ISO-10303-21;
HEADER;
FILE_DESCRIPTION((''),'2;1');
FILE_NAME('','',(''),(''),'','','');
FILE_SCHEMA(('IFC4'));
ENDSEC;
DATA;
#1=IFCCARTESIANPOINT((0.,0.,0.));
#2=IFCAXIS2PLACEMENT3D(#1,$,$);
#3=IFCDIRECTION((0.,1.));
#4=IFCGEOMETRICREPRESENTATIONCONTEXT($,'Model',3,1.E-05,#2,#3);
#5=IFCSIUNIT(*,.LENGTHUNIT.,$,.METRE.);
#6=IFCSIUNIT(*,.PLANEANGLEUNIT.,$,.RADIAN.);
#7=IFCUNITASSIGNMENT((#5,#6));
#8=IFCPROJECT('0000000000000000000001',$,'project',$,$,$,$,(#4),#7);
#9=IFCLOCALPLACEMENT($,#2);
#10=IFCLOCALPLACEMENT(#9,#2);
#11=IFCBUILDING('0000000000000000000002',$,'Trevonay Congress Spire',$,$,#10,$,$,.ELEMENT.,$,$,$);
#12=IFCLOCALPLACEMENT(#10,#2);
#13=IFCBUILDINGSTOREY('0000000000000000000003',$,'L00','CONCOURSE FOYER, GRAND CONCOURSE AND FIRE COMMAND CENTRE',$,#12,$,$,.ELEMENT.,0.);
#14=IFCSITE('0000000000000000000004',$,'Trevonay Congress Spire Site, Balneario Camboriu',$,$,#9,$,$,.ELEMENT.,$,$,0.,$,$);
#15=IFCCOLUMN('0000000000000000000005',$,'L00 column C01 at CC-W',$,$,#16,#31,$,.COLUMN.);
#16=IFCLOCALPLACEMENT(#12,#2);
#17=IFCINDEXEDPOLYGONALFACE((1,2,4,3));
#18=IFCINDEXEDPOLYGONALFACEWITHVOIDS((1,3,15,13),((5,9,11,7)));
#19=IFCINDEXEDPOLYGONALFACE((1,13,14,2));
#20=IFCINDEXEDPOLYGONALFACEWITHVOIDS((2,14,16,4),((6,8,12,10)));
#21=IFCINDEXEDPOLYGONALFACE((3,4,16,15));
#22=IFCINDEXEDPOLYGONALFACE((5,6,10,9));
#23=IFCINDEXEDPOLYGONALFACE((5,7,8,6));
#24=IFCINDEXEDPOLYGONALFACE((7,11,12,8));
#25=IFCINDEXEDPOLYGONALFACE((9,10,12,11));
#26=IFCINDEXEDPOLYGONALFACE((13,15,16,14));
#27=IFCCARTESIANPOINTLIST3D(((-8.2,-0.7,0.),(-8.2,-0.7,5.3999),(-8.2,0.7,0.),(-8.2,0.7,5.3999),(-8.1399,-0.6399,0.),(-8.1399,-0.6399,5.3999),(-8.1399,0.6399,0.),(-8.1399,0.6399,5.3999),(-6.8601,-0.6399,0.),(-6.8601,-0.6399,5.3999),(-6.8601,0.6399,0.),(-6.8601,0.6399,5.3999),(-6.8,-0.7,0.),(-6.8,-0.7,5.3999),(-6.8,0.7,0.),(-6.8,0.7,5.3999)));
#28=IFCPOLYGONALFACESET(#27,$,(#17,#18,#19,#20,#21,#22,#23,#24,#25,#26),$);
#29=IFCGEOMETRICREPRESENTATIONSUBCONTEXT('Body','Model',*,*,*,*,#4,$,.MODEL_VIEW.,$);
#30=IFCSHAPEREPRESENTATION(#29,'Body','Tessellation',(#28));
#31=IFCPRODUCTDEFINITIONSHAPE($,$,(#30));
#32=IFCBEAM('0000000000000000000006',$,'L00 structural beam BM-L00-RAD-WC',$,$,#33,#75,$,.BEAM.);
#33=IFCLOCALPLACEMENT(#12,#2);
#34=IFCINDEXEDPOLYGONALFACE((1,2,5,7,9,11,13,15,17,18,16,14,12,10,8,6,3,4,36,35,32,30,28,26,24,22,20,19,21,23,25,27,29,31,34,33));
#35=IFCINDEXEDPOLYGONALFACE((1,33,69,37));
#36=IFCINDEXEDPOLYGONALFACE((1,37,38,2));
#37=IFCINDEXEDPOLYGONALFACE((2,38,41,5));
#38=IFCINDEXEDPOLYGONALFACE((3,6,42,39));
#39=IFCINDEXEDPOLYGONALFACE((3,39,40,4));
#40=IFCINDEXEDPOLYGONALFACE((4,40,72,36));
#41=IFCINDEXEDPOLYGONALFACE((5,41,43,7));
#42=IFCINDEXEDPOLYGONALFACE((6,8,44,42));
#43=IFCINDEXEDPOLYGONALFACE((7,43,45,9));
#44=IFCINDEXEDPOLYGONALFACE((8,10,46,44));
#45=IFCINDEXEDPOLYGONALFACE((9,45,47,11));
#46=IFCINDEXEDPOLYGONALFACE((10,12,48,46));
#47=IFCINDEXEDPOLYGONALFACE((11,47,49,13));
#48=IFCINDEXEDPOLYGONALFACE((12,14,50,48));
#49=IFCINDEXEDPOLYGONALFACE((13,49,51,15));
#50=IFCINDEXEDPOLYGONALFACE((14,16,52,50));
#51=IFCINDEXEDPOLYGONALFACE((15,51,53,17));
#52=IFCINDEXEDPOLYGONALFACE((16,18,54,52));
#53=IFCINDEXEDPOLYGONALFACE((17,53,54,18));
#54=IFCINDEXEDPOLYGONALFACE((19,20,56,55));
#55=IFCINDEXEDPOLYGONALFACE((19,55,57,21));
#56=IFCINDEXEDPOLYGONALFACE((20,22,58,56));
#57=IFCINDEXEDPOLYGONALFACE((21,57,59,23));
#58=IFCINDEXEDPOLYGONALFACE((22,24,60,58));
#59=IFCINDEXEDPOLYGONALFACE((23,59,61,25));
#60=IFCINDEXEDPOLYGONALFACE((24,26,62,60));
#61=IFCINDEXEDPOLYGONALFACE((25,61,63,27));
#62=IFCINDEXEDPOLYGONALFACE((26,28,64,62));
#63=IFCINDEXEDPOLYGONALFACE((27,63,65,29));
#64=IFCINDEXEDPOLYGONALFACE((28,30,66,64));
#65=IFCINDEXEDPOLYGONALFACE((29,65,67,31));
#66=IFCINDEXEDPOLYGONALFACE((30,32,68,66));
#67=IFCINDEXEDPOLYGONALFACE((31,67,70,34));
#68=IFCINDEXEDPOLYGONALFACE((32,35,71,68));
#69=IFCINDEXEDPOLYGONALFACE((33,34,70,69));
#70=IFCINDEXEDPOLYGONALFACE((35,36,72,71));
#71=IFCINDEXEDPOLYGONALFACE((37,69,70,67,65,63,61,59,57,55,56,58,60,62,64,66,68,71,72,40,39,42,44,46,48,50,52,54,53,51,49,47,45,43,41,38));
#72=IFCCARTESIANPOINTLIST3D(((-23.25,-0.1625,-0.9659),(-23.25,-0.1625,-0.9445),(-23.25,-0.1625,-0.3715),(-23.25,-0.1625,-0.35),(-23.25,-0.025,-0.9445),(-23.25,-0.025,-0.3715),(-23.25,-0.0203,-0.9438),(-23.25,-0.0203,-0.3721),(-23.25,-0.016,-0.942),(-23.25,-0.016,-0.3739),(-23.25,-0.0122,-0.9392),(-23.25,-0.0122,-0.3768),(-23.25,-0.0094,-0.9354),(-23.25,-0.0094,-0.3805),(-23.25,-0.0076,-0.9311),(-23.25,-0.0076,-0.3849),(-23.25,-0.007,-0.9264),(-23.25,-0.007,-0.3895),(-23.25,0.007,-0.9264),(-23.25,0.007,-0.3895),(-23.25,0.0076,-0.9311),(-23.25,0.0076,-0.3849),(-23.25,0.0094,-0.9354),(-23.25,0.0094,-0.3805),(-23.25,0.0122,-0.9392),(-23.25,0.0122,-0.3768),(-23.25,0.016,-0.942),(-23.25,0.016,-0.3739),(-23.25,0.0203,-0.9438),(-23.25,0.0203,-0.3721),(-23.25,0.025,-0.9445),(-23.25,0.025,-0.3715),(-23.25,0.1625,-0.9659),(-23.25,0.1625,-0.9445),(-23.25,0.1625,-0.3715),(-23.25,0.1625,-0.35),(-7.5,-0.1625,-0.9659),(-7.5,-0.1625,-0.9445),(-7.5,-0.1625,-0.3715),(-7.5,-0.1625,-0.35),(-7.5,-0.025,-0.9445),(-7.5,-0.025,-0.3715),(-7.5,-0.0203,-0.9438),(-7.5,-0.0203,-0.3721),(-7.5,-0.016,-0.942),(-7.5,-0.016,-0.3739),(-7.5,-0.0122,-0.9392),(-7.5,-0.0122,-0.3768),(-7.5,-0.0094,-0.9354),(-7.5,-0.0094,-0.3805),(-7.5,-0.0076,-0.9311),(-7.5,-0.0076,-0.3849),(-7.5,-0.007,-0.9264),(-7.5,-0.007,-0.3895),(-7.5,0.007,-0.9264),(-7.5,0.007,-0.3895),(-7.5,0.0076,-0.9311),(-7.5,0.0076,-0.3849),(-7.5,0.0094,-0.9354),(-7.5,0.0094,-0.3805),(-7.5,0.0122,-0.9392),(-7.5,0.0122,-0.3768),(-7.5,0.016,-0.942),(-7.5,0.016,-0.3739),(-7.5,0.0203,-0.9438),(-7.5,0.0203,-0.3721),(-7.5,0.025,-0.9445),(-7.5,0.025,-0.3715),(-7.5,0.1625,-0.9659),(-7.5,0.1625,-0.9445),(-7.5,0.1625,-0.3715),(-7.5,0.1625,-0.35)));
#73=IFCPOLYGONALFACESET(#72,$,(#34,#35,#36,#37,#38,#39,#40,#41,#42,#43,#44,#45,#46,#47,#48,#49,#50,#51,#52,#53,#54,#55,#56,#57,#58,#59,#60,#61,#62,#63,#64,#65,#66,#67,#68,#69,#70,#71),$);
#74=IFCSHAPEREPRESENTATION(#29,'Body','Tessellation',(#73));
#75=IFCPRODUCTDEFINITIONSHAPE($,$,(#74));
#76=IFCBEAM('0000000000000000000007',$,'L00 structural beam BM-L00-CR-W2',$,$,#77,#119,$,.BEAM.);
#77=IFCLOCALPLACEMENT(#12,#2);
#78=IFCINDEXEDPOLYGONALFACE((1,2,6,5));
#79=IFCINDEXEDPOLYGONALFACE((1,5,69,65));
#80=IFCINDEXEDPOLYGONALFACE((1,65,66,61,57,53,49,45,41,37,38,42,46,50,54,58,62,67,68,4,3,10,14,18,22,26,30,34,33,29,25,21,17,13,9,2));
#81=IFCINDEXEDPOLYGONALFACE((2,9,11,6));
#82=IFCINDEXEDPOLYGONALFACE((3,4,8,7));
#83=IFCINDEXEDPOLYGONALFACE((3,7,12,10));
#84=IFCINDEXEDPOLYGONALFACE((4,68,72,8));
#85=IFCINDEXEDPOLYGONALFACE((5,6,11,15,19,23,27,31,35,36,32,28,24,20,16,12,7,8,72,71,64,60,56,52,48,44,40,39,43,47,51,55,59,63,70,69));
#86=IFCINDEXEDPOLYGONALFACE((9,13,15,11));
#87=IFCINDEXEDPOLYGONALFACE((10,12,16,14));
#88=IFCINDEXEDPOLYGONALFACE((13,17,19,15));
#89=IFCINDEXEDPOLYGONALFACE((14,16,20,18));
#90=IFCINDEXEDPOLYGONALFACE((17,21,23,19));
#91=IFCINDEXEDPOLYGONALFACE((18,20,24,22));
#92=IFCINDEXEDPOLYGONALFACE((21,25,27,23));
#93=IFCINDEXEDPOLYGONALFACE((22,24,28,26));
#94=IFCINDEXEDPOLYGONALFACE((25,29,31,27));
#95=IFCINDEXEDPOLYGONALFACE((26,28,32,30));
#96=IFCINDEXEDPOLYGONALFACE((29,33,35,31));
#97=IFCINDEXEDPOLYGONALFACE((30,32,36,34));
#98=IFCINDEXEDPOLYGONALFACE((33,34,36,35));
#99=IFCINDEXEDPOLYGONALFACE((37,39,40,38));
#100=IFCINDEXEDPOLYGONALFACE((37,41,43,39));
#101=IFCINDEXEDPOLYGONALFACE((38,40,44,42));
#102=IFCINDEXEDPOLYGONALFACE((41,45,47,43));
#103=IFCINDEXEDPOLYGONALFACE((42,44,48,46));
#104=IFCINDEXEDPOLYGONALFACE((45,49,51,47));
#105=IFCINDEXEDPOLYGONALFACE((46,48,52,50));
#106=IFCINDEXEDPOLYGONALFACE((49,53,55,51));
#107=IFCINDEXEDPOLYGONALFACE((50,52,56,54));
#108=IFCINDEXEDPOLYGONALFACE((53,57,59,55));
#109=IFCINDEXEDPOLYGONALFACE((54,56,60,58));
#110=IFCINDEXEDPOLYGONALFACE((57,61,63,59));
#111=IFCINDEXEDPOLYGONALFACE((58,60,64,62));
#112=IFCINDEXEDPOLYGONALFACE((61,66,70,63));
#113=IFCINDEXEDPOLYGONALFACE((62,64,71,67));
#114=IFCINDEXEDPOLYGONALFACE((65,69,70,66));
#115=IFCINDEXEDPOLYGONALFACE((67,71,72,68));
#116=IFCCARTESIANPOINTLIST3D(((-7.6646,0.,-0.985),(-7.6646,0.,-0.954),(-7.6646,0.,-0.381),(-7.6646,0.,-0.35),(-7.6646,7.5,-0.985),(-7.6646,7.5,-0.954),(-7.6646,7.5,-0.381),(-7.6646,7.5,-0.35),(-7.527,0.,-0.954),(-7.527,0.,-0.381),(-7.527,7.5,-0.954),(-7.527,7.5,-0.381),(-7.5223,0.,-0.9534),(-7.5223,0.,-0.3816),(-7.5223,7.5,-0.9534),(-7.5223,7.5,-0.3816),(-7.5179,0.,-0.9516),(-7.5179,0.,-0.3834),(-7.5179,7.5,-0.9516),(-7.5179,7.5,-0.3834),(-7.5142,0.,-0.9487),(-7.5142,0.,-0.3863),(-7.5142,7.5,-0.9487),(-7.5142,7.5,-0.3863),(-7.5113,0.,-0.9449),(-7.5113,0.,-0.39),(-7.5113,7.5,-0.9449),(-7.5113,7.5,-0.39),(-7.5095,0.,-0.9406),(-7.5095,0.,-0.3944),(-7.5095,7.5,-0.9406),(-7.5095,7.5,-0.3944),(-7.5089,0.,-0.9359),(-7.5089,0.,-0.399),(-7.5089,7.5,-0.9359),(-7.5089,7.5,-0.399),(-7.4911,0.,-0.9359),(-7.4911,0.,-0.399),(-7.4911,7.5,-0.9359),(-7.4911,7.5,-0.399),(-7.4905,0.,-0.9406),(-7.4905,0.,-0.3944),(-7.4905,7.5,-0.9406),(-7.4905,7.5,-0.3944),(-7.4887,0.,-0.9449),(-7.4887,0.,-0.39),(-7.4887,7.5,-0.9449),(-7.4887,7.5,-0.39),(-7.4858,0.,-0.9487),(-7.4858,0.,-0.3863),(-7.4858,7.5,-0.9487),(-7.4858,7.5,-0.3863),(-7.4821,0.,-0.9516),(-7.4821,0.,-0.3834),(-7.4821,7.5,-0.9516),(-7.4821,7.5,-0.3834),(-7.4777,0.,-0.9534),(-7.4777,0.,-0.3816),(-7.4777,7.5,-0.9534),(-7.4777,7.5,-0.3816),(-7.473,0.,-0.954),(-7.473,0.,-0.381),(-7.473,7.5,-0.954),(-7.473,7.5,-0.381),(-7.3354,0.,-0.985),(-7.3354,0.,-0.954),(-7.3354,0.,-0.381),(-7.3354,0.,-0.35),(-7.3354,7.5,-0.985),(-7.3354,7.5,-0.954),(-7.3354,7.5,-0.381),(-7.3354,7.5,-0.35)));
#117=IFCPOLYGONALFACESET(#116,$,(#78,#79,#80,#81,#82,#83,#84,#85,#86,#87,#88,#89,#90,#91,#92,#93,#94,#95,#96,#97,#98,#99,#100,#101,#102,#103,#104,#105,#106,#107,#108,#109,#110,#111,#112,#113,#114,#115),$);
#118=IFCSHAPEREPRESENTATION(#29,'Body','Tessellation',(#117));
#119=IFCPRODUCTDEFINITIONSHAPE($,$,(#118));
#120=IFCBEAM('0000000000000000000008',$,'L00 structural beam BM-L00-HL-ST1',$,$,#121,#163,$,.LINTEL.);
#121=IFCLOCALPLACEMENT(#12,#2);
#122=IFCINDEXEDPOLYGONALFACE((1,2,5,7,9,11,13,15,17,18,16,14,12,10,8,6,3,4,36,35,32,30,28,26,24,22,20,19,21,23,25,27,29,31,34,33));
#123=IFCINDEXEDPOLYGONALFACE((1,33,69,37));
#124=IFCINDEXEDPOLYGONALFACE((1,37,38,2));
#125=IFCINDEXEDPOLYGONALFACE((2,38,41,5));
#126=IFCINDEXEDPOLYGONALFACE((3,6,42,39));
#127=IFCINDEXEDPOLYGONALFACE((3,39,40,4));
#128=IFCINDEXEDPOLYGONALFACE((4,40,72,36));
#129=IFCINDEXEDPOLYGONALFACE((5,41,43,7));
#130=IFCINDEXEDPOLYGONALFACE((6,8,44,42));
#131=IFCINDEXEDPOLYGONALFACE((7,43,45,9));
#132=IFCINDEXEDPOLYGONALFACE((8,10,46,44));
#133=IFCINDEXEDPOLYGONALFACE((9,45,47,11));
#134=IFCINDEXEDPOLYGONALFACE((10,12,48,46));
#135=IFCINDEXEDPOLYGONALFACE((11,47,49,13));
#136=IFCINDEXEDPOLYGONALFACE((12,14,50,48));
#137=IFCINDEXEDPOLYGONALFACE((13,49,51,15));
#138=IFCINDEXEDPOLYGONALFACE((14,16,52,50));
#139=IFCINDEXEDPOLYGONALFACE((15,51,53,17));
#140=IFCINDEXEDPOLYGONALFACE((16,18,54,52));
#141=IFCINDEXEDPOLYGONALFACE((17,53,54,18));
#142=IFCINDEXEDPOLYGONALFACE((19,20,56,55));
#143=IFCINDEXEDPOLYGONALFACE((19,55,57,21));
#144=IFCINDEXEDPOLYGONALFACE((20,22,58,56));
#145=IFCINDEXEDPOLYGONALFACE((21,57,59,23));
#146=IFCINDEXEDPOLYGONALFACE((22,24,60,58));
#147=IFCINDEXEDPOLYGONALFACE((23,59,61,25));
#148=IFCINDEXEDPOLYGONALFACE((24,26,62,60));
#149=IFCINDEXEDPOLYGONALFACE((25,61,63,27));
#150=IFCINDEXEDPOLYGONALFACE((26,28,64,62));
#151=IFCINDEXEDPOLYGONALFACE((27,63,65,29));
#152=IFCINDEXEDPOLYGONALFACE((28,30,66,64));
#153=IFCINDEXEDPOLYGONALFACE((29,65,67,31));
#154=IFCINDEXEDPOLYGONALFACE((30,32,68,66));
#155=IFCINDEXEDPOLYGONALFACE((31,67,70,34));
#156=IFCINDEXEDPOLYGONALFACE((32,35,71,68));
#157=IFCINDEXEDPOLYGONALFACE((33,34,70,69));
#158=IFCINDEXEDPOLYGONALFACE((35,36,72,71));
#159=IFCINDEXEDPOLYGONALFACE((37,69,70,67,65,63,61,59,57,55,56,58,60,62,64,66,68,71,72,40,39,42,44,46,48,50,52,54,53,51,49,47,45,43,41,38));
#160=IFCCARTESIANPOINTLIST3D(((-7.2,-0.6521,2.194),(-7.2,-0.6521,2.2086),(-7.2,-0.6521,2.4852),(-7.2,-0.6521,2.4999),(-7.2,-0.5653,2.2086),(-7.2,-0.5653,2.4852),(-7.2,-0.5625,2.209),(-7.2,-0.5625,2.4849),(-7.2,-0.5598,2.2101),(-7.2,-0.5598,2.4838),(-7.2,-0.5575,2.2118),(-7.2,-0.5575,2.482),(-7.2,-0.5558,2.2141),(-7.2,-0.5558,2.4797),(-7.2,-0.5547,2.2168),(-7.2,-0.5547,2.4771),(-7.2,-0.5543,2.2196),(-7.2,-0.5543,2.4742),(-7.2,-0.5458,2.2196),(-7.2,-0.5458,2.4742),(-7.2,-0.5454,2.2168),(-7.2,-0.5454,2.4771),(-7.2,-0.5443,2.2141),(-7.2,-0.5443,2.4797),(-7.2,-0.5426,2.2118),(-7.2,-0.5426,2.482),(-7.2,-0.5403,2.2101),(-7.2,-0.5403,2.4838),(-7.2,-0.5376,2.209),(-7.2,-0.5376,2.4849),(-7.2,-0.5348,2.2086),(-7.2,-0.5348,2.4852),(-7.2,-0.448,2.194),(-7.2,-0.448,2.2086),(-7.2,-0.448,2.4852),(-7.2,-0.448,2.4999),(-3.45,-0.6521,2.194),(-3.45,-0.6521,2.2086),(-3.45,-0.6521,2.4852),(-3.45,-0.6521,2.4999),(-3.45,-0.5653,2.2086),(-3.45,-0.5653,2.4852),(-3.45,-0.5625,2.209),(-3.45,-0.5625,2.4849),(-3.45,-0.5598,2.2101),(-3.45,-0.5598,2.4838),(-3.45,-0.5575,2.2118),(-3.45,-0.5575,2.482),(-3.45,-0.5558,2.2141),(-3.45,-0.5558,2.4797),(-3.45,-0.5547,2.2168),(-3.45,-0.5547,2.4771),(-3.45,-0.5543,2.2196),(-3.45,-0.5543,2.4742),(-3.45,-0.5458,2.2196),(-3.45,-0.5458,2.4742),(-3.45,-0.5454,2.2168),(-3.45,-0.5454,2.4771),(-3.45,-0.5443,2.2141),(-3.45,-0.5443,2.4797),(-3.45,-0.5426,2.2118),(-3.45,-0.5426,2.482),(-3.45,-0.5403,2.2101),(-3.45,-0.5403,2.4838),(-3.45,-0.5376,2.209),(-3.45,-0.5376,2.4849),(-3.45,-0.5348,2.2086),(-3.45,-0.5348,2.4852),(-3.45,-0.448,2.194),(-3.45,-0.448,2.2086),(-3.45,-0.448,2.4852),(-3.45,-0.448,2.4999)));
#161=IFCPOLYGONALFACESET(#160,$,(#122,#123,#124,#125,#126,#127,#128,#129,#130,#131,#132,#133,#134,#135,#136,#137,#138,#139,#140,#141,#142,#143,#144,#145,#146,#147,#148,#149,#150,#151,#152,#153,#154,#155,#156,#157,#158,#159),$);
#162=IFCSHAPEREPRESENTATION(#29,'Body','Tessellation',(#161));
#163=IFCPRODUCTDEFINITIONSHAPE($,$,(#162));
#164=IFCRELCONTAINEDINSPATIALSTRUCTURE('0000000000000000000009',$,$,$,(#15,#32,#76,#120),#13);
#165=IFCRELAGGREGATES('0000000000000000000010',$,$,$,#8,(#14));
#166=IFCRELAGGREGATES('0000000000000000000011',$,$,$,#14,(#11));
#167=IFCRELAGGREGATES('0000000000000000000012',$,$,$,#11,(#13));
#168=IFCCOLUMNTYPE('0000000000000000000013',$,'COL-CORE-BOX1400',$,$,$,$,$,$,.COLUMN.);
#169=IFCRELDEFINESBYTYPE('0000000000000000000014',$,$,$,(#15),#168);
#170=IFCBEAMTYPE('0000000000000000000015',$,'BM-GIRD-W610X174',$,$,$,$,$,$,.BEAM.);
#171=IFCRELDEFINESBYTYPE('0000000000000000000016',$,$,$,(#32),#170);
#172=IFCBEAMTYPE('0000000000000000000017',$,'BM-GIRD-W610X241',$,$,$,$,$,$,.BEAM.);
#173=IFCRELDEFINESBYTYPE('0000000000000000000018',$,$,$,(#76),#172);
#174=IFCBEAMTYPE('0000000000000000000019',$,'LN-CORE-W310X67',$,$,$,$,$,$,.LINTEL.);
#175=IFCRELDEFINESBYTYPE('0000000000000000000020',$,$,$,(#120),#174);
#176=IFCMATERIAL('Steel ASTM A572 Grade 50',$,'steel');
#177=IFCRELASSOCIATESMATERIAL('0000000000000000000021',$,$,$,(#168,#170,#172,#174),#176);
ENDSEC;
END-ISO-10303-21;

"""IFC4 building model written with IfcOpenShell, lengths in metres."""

from ifc_helpers import new_model, si_unit, direction, frame, origin, origin_2d, place, context, subcontext, project, spatial, hollow_rectangle, i_section, extrude, material, material_profile, profile_set, type_object, element, save


model = new_model("IFC4")

# Units and contexts
model_context = context("Model", 3, precision=1e-05, world=origin(), true_north=direction((0.0, 1.0)))
body_context = subcontext(model_context, "Body", "Model", "MODEL_VIEW")
ifc_project = project(units=[si_unit("LENGTHUNIT", "METRE"), si_unit("PLANEANGLEUNIT", "RADIAN")], contexts=[model_context])

# Site, building, storey
site_placement = place(None, origin())
site = spatial("IfcSite", under=ifc_project, at=site_placement, Name="Trevonay Congress Spire Site, Balneario Camboriu", CompositionType="ELEMENT", RefElevation=0.0)
building_placement = place(site_placement, origin())
building = spatial("IfcBuilding", under=site, at=building_placement, Name="Trevonay Congress Spire", CompositionType="ELEMENT")
storey_placement = place(building_placement, origin())
storey = spatial("IfcBuildingStorey", under=building, at=storey_placement, Name="L00", Description="CONCOURSE FOYER, GRAND CONCOURSE AND FIRE COMMAND CENTRE", CompositionType="ELEMENT", Elevation=0.0)

# Column
ifc_material_1 = material(Name="Steel ASTM A572 Grade 50", Category="steel")
ifc_material_profile_1 = material_profile(ifc_material_1, hollow_rectangle(XDim=1.3999, YDim=1.3999, WallThickness=0.0601, at=origin_2d()), Name="BOX 1400x1400x60")
ifc_profile_set_1 = profile_set([ifc_material_profile_1], Name="Steel ASTM A572 Grade 50")
column_type = type_object("IfcColumnType", Name="COL-CORE-BOX1400", PredefinedType="COLUMN", material=ifc_profile_set_1)
column_placement = place(storey_placement, frame((-7.5, 0.0, 0.0), z_axis=(0.0, 0.0, 1.0), x_axis=(1.0, 0.0, 0.0)))
element("IfcColumn", 1, at=column_placement, inside=storey, type_object=column_type, Name="L00 column C01 at CC-W", PredefinedType="COLUMN", context=body_context, shape_type="SweptSolid", body=[
    extrude(hollow_rectangle(XDim=1.3999, YDim=1.3999, WallThickness=0.0601, at=origin_2d()), origin(), (0.0, 0.0, 1.0), 5.3999),
])

# Beams
ifc_material_profile_2 = material_profile(ifc_material_1, i_section(OverallWidth=0.325, OverallDepth=0.616, WebThickness=0.0139, FlangeThickness=0.0215, FilletRadius=0.0181, at=origin_2d()), Name="W610x174")
ifc_profile_set_2 = profile_set([ifc_material_profile_2], Name="Steel ASTM A572 Grade 50")
beam_type_1 = type_object("IfcBeamType", Name="BM-GIRD-W610X174", PredefinedType="BEAM", material=ifc_profile_set_2)
beam_1_placement = place(storey_placement, frame((-7.5, 0.0, -0.658), z_axis=(-1.0, 0.0, 0.0), x_axis=(0.0, -1.0, 0.0)))
element("IfcBeam", 2, at=beam_1_placement, inside=storey, type_object=beam_type_1, Name="L00 structural beam BM-L00-RAD-WC", PredefinedType="BEAM", context=body_context, shape_type="SweptSolid", body=[
    extrude(i_section(OverallWidth=0.325, OverallDepth=0.616, WebThickness=0.0139, FlangeThickness=0.0215, FilletRadius=0.0181, at=origin_2d()), origin(), (0.0, 0.0, 1.0), 15.75),
])
ifc_material_profile_3 = material_profile(ifc_material_1, i_section(OverallWidth=0.3291, OverallDepth=0.635, WebThickness=0.0178, FlangeThickness=0.031, FilletRadius=0.0181, at=origin_2d()), Name="W610x241")
ifc_profile_set_3 = profile_set([ifc_material_profile_3], Name="Steel ASTM A572 Grade 50")
beam_type_2 = type_object("IfcBeamType", Name="BM-GIRD-W610X241", PredefinedType="BEAM", material=ifc_profile_set_3)
beam_2_placement = place(storey_placement, frame((-7.5, 0.0, -0.6675), z_axis=(0.0, 1.0, 0.0), x_axis=(-1.0, 0.0, 0.0)))
element("IfcBeam", 3, at=beam_2_placement, inside=storey, type_object=beam_type_2, Name="L00 structural beam BM-L00-CR-W2", PredefinedType="BEAM", context=body_context, shape_type="SweptSolid", body=[
    extrude(i_section(OverallWidth=0.3291, OverallDepth=0.635, WebThickness=0.0178, FlangeThickness=0.031, FilletRadius=0.0181, at=origin_2d()), origin(), (0.0, 0.0, 1.0), 7.5),
])
ifc_material_profile_4 = material_profile(ifc_material_1, i_section(OverallWidth=0.2041, OverallDepth=0.3059, WebThickness=0.0085, FlangeThickness=0.0146, FilletRadius=0.011, at=origin_2d()), Name="W310x67")
ifc_profile_set_4 = profile_set([ifc_material_profile_4], Name="Steel ASTM A572 Grade 50")
beam_type_3 = type_object("IfcBeamType", Name="LN-CORE-W310X67", PredefinedType="LINTEL", material=ifc_profile_set_4)
beam_3_placement = place(storey_placement, frame((-7.2, -0.55, 2.3469), z_axis=(1.0, 0.0, 0.0), x_axis=(0.0, 1.0, 0.0)))
element("IfcBeam", 4, at=beam_3_placement, inside=storey, type_object=beam_type_3, Name="L00 structural beam BM-L00-HL-ST1", PredefinedType="LINTEL", context=body_context, shape_type="SweptSolid", body=[
    extrude(i_section(OverallWidth=0.2041, OverallDepth=0.3059, WebThickness=0.0085, FlangeThickness=0.0146, FilletRadius=0.011, at=origin_2d()), origin(), (0.0, 0.0, 1.0), 3.75),
])

save(model, "model.ifc")
